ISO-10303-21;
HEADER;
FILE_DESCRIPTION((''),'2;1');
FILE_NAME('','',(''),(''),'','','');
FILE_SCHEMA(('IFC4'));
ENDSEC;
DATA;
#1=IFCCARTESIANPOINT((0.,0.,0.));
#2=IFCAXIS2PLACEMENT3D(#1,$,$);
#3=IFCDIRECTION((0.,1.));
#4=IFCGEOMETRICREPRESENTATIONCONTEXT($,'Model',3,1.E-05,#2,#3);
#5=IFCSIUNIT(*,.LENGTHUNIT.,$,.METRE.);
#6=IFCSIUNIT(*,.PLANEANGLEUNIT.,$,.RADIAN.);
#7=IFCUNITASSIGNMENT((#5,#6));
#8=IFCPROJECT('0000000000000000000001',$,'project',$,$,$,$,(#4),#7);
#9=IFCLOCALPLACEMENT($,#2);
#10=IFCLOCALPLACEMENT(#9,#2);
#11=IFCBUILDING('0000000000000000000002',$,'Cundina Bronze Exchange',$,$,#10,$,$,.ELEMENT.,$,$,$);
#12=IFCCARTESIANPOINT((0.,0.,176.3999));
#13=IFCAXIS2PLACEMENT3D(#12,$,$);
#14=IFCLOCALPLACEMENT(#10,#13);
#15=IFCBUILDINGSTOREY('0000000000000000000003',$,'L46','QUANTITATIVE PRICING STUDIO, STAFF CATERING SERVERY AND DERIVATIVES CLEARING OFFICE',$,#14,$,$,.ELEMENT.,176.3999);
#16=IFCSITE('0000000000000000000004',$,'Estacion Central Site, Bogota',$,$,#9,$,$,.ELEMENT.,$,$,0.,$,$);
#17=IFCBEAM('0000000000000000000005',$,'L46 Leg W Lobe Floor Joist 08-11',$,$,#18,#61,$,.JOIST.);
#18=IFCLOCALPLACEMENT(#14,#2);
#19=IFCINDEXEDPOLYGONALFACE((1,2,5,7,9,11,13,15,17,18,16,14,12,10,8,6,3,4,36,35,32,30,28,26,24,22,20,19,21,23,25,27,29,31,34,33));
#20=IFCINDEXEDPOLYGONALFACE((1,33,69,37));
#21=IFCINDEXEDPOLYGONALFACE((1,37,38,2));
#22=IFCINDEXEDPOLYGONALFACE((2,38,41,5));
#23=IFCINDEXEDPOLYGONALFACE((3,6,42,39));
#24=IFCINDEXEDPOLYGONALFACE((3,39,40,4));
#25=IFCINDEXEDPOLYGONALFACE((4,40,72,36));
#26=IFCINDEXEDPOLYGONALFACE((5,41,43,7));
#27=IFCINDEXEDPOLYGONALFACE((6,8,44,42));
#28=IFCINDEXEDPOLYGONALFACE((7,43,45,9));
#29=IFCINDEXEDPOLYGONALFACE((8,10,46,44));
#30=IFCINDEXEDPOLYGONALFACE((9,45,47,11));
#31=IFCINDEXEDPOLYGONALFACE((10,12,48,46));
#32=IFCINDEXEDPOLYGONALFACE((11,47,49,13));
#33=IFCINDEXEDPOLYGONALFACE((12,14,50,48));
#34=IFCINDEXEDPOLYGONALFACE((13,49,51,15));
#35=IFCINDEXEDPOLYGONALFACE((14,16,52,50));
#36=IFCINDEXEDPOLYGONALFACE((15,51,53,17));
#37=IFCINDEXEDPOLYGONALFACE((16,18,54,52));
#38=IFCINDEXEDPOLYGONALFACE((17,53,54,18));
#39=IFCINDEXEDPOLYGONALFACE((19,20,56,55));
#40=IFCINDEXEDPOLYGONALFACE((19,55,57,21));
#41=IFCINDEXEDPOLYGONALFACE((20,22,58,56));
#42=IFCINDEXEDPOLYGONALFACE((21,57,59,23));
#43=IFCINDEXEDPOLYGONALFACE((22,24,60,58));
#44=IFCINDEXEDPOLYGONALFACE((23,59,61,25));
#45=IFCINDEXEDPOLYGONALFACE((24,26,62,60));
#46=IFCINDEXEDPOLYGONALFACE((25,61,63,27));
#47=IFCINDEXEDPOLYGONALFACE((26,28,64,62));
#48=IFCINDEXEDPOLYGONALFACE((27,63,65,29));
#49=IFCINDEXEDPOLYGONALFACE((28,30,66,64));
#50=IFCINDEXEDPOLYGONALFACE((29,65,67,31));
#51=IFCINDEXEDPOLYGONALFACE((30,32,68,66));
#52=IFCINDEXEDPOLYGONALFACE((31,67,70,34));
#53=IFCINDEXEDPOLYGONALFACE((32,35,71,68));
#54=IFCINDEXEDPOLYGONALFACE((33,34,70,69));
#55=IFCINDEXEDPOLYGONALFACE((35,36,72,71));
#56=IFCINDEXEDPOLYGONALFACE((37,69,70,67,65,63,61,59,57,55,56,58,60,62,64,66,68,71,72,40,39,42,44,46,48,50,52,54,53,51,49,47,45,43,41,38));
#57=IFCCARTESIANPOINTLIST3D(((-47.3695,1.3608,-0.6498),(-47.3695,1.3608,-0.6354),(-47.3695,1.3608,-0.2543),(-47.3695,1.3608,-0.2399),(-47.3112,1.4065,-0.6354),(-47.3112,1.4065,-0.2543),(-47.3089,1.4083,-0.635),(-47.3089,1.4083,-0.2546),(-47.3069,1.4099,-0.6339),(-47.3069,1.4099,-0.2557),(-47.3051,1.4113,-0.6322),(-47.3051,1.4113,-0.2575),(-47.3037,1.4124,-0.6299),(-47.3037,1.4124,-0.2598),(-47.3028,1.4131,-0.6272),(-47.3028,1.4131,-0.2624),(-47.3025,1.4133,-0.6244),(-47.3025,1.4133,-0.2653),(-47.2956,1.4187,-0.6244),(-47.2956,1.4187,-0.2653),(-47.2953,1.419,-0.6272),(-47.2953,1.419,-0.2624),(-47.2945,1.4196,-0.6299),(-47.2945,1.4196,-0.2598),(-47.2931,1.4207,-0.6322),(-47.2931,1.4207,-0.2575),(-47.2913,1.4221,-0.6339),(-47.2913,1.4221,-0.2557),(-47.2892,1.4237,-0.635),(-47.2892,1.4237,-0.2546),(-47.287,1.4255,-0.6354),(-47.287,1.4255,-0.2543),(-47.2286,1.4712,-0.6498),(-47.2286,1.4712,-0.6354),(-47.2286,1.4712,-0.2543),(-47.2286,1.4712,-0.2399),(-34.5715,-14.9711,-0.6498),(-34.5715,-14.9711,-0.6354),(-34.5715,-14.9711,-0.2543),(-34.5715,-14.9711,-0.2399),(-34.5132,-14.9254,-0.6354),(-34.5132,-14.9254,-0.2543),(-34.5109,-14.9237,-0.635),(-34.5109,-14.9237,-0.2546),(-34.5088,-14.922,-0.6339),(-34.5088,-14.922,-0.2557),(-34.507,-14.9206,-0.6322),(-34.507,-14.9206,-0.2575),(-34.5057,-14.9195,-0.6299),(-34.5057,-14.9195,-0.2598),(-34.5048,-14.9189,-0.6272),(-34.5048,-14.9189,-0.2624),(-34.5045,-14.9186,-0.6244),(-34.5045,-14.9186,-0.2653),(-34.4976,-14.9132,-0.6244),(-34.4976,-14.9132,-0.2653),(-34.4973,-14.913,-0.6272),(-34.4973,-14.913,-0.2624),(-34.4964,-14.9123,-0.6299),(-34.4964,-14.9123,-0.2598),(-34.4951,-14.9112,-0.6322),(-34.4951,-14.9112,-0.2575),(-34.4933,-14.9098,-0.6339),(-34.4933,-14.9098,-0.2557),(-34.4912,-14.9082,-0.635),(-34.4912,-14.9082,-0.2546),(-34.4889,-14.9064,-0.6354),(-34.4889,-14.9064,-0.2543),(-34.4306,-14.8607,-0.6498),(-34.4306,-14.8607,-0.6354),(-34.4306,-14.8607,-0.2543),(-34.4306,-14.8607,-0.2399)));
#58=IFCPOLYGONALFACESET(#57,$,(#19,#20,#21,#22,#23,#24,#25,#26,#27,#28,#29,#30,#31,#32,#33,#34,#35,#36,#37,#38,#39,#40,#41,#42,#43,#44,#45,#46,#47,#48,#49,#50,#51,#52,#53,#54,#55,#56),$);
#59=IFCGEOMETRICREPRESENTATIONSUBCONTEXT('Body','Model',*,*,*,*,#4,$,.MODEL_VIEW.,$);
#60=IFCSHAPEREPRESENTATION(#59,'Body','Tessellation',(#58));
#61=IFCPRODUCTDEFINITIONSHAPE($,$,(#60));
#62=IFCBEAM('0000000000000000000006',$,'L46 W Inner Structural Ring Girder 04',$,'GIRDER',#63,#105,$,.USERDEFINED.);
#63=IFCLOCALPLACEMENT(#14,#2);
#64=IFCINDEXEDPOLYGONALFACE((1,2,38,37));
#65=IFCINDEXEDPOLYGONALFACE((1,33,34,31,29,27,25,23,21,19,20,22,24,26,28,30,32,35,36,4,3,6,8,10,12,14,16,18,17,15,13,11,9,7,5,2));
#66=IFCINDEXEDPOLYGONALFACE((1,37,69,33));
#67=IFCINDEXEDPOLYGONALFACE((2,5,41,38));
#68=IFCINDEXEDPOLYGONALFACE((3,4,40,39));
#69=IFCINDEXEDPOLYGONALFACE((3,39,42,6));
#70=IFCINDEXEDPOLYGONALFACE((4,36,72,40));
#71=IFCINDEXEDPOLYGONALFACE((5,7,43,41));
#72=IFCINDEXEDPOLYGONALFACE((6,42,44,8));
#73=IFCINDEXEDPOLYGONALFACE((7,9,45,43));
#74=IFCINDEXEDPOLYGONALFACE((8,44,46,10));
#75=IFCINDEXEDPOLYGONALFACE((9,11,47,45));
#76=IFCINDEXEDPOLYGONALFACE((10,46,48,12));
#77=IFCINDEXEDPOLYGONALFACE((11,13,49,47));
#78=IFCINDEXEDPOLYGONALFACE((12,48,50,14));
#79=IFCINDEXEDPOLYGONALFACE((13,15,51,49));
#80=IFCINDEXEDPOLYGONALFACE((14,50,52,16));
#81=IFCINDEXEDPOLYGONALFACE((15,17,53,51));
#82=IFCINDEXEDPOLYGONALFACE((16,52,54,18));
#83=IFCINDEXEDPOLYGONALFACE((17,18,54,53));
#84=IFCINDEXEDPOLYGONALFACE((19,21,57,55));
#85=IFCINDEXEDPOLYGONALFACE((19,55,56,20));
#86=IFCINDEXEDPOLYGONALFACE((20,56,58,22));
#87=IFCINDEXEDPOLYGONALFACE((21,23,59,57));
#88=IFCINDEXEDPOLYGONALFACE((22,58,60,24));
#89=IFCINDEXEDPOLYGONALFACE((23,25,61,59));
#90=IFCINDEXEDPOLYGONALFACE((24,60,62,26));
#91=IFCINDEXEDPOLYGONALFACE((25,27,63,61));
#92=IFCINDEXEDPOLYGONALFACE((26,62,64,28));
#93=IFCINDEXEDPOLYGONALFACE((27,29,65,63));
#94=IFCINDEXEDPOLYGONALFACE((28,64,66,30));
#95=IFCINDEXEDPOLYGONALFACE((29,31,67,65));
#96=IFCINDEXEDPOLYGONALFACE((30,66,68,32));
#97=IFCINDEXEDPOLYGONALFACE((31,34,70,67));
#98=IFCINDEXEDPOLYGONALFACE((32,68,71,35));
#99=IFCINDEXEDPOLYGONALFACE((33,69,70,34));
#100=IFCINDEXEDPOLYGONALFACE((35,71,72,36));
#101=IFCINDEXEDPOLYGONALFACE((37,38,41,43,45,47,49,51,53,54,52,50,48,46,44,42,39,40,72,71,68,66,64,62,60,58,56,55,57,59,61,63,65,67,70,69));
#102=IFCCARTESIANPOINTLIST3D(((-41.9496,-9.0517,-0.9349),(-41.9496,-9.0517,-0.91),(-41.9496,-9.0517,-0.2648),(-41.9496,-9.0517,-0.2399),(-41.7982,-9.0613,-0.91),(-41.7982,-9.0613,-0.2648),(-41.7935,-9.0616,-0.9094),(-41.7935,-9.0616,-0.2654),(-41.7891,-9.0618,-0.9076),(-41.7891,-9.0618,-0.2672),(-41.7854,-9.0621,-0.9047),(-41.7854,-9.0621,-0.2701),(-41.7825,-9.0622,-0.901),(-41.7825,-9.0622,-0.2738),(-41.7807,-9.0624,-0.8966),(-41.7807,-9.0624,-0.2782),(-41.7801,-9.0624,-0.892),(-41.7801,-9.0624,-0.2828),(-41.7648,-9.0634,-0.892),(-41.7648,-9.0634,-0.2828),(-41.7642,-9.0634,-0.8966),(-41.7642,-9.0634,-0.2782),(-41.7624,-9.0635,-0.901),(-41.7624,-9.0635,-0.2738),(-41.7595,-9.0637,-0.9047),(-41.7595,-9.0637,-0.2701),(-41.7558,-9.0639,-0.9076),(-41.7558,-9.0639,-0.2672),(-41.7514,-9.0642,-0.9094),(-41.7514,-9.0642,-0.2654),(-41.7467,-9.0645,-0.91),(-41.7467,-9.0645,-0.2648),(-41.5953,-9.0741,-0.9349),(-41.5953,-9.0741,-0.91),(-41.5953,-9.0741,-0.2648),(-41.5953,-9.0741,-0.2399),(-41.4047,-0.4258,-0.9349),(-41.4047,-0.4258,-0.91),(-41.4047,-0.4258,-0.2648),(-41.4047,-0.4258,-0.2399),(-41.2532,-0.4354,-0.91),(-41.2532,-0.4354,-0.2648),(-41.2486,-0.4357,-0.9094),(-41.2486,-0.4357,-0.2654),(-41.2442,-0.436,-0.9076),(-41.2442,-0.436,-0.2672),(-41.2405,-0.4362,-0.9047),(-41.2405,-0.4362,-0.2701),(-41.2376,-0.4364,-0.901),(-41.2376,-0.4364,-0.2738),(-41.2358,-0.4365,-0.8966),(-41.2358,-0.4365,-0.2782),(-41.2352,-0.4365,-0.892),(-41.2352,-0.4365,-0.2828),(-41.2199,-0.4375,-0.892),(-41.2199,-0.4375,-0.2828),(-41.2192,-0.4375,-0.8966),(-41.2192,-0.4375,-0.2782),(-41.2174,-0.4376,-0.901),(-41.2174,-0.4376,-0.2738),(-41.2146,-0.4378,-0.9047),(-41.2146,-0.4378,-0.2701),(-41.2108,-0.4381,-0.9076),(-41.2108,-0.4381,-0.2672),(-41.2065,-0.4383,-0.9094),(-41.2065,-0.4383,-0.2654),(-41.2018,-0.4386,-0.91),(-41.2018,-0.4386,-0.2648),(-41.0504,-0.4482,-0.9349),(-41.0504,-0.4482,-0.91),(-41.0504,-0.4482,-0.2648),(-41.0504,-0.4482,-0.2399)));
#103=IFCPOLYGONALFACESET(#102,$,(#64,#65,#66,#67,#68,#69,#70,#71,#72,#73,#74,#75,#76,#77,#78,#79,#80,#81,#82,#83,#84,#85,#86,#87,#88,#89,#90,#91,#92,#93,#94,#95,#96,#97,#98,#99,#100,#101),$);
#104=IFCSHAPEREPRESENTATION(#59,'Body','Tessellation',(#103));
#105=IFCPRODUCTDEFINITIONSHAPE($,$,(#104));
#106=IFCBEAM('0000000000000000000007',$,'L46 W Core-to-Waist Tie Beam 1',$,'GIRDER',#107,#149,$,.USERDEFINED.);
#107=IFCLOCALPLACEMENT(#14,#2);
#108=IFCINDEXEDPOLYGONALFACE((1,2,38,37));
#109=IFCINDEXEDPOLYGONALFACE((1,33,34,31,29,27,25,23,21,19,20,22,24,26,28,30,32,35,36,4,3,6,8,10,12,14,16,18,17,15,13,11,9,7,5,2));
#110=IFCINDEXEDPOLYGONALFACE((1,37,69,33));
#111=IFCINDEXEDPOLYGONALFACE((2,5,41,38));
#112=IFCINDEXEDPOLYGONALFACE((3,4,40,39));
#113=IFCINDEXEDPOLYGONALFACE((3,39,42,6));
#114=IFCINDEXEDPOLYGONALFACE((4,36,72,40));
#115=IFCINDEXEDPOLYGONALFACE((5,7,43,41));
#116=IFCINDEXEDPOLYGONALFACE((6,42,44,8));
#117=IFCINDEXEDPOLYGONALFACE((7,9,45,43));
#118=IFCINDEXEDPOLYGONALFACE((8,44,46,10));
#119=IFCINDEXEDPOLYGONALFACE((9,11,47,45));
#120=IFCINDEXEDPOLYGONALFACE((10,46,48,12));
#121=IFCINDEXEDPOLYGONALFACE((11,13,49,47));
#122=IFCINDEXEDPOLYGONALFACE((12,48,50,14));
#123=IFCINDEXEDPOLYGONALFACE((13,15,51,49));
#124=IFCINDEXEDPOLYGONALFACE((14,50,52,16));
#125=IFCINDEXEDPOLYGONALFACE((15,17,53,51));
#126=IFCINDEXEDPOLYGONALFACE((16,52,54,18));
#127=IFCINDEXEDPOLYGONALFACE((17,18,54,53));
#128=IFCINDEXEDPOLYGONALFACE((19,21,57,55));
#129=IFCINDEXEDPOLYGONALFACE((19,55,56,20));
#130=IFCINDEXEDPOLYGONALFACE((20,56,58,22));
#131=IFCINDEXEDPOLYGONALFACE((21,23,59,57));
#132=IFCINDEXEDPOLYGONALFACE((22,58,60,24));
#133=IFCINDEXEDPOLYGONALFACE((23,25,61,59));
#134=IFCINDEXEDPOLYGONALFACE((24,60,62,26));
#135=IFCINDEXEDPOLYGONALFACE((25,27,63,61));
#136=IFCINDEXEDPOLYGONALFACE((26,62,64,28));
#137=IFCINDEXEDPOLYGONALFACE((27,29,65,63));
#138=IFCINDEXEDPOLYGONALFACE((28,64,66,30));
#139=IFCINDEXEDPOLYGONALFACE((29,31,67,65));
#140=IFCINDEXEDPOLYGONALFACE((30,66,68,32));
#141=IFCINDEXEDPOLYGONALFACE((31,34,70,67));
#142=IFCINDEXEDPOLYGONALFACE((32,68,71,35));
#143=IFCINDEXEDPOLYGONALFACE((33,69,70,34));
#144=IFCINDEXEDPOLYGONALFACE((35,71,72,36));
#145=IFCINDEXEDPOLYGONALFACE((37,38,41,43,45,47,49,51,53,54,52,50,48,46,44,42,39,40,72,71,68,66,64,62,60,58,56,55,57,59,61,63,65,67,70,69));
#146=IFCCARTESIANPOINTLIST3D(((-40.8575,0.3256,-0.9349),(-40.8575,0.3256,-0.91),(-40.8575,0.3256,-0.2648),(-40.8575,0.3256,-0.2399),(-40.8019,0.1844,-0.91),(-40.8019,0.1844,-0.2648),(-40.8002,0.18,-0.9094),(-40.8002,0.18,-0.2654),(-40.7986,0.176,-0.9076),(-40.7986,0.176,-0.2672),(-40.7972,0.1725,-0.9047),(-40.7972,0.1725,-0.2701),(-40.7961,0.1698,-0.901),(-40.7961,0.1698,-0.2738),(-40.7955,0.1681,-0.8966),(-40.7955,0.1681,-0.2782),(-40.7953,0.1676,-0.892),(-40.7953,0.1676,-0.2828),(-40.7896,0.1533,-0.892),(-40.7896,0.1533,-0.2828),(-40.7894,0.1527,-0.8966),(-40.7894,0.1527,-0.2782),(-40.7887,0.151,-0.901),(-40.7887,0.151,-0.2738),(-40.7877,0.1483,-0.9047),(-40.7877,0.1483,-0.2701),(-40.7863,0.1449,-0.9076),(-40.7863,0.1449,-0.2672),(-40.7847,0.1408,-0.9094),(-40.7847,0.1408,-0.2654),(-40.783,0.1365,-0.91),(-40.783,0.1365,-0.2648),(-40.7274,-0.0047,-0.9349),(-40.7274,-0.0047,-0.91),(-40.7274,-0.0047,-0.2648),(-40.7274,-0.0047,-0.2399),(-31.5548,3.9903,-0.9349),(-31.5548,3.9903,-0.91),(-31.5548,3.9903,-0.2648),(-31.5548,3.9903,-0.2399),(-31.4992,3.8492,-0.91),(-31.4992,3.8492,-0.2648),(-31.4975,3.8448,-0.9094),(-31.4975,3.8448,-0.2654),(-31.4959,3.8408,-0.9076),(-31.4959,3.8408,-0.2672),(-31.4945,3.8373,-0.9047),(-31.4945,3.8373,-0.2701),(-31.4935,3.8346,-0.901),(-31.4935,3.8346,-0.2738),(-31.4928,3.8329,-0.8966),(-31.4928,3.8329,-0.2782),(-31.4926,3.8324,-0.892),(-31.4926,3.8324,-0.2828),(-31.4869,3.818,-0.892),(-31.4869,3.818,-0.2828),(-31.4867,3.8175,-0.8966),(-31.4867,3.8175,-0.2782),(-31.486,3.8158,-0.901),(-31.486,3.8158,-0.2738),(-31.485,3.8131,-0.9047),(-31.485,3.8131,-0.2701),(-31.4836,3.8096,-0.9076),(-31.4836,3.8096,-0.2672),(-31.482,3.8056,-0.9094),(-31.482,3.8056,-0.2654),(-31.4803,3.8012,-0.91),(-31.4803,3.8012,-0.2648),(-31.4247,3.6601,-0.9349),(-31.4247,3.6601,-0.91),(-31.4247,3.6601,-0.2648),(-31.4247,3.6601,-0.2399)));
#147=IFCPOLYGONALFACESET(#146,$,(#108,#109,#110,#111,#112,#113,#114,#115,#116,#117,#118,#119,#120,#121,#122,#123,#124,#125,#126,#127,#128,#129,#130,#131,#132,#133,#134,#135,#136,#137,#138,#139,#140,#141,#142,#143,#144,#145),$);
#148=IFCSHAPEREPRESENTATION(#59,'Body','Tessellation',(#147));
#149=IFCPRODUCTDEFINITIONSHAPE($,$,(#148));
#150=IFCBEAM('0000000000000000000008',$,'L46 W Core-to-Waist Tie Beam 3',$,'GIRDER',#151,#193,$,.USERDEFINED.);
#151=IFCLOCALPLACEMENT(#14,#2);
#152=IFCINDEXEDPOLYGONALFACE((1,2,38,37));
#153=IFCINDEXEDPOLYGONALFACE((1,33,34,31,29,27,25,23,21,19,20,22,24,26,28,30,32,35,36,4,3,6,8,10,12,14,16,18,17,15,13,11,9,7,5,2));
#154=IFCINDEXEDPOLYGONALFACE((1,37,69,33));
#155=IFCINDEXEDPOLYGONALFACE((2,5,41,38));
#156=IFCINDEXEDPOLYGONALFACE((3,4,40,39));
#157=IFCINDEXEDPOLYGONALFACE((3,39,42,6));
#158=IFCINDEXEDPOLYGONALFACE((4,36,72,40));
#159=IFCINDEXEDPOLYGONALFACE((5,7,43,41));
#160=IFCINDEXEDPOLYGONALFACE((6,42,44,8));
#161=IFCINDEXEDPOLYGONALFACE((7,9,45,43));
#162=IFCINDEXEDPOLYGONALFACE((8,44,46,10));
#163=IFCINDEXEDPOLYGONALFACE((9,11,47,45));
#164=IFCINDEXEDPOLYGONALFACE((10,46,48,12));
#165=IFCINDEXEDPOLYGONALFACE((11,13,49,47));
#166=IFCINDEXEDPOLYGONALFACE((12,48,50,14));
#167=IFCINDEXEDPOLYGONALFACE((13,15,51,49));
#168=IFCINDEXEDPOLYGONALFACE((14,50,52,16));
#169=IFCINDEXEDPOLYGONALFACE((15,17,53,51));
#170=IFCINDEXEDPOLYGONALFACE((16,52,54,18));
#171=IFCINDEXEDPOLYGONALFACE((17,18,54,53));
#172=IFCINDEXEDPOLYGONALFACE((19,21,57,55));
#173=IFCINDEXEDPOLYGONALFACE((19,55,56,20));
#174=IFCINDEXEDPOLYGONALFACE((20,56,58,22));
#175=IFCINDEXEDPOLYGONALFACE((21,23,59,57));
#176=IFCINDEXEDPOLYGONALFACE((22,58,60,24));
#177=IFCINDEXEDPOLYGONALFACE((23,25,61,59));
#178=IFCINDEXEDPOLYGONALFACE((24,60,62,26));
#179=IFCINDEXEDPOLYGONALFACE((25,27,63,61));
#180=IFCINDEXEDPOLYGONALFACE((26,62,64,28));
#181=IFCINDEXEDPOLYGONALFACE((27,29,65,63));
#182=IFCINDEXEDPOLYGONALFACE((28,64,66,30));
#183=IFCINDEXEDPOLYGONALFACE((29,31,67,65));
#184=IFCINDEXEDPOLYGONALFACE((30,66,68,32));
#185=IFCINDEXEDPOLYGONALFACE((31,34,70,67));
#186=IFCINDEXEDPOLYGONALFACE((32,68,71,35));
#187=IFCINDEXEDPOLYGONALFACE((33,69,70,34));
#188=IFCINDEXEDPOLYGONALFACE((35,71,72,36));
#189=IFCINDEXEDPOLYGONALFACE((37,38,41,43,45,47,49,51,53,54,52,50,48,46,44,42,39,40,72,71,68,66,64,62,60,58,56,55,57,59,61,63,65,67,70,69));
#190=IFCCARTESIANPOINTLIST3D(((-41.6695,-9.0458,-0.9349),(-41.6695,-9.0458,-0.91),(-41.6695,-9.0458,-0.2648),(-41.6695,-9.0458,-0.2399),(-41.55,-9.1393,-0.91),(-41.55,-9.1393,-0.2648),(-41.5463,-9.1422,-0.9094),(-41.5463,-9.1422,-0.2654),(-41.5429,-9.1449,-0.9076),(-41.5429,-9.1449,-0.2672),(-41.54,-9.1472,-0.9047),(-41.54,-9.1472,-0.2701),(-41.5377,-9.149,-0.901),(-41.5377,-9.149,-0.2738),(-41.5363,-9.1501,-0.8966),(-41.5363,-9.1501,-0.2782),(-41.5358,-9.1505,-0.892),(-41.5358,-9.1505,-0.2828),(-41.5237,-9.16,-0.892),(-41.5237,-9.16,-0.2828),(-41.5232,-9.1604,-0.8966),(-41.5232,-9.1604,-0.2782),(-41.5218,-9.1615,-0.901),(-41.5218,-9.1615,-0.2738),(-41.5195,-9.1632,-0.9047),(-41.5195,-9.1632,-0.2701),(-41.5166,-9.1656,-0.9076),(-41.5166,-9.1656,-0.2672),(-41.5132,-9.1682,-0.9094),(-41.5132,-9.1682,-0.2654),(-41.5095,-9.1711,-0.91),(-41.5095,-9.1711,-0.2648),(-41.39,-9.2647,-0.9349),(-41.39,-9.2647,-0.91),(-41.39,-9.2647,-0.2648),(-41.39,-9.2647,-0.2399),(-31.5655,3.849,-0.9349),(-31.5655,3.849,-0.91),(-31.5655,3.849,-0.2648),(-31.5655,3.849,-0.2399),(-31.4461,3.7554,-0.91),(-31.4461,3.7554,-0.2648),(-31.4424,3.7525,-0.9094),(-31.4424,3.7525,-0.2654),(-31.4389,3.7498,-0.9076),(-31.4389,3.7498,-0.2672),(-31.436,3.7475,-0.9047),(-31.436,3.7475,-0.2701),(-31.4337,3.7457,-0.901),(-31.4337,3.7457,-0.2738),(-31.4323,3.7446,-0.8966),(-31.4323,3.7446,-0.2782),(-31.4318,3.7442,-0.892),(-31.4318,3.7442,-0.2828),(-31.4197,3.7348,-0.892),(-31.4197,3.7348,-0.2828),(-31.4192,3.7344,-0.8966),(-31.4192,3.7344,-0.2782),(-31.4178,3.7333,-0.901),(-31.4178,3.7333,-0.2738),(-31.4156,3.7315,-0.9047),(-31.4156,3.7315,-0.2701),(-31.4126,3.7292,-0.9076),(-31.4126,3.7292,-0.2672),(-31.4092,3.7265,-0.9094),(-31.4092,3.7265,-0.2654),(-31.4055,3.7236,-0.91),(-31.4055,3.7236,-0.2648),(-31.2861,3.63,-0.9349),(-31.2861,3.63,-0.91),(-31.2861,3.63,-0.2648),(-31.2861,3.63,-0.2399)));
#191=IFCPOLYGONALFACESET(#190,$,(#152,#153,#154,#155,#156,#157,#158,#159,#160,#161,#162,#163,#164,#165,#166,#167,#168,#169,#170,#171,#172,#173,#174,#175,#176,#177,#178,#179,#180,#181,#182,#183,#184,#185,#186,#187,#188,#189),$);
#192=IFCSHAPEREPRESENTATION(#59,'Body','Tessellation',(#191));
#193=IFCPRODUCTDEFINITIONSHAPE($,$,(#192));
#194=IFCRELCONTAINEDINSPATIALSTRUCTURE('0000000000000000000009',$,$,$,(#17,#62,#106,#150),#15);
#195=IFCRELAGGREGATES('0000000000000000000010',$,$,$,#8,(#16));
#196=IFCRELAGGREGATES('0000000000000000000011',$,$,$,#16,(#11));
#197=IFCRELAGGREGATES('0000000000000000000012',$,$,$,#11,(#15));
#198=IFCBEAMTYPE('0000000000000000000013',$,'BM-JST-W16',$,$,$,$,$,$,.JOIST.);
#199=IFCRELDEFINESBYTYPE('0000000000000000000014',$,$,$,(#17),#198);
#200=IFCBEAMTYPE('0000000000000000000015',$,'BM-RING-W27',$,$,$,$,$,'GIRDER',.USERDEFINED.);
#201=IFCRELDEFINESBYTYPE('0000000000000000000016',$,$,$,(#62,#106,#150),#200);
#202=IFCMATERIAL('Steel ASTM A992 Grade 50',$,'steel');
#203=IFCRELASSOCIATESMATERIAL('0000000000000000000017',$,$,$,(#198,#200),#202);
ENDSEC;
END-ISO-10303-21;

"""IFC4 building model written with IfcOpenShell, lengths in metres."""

from ifc_helpers import new_model, si_unit, direction, frame, origin, origin_2d, place, context, subcontext, project, spatial, i_section, extrude, material, material_profile, profile_set, type_object, element, save


model = new_model("IFC4")

# Units and contexts
model_context = context("Model", 3, precision=1e-05, world=origin(), true_north=direction((0.0, 1.0)))
body_context = subcontext(model_context, "Body", "Model", "MODEL_VIEW")
ifc_project = project(units=[si_unit("LENGTHUNIT", "METRE"), si_unit("PLANEANGLEUNIT", "RADIAN")], contexts=[model_context])

# Site, building, storey
site_placement = place(None, origin())
site = spatial("IfcSite", under=ifc_project, at=site_placement, Name="Estacion Central Site, Bogota", CompositionType="ELEMENT", RefElevation=0.0)
building_placement = place(site_placement, origin())
building = spatial("IfcBuilding", under=site, at=building_placement, Name="Cundina Bronze Exchange", CompositionType="ELEMENT")
storey_placement = place(building_placement, frame((0.0, 0.0, 176.3999)))
storey = spatial("IfcBuildingStorey", under=building, at=storey_placement, Name="L46", Description="QUANTITATIVE PRICING STUDIO, STAFF CATERING SERVERY AND DERIVATIVES CLEARING OFFICE", CompositionType="ELEMENT", Elevation=176.3999)

# Shared definitions
ifc_material_1 = material(Name="Steel ASTM A992 Grade 50", Category="steel")

# Beams
ifc_material_profile_1 = material_profile(ifc_material_1, i_section(OverallWidth=0.179, OverallDepth=0.4099, WebThickness=0.0088, FlangeThickness=0.0144, FilletRadius=0.011, at=origin_2d()), Name="W16X45", Category="steel")
ifc_profile_set_1 = profile_set([ifc_material_profile_1], Name="Steel ASTM A992 Grade 50")
beam_type_1 = type_object("IfcBeamType", Name="BM-JST-W16", PredefinedType="JOIST", material=ifc_profile_set_1)
beam_1_placement = place(storey_placement, frame((-47.2991, 1.416, -0.4448), z_axis=(0.616801, -0.787119, 0.0), x_axis=(0.787119, 0.616801, 0.0)))
element("IfcBeam", 1, at=beam_1_placement, inside=storey, type_object=beam_type_1, Name="L46 Leg W Lobe Floor Joist 08-11", PredefinedType="JOIST", context=body_context, shape_type="SweptSolid", body=[
    extrude(i_section(OverallWidth=0.179, OverallDepth=0.4099, WebThickness=0.0088, FlangeThickness=0.0144, FilletRadius=0.011, at=origin_2d()), origin(), (0.0, 0.0, 1.0), 20.749),
])
ifc_material_profile_2 = material_profile(ifc_material_1, i_section(OverallWidth=0.355, OverallDepth=0.6951, WebThickness=0.0154, FlangeThickness=0.0249, FilletRadius=0.0181, at=origin_2d()), Name="W27X146", Category="steel")
ifc_profile_set_2 = profile_set([ifc_material_profile_2], Name="Steel ASTM A992 Grade 50")
beam_type_2 = type_object("IfcBeamType", Name="BM-RING-W27", ElementType="GIRDER", PredefinedType="USERDEFINED", material=ifc_profile_set_2)
beam_2_placement = place(storey_placement, frame((-41.2275, -0.437, -0.5874), z_axis=(-0.063047, -0.998011, 0.0), x_axis=(0.998011, -0.063047, 0.0)))
element("IfcBeam", 2, at=beam_2_placement, inside=storey, type_object=beam_type_2, Name="L46 W Inner Structural Ring Girder 04", ObjectType="GIRDER", PredefinedType="USERDEFINED", context=body_context, shape_type="SweptSolid", body=[
    extrude(i_section(OverallWidth=0.355, OverallDepth=0.6951, WebThickness=0.0154, FlangeThickness=0.0249, FilletRadius=0.0181, at=origin_2d()), origin(), (0.0, 0.0, 1.0), 8.6431),
])
beam_3_placement = place(storey_placement, frame((-31.4897, 3.8252, -0.5874), z_axis=(-0.930406, -0.366532, 0.0), x_axis=(0.366532, -0.930406, 0.0)))
element("IfcBeam", 3, at=beam_3_placement, inside=storey, type_object=beam_type_2, Name="L46 W Core-to-Waist Tie Beam 1", ObjectType="GIRDER", PredefinedType="USERDEFINED", context=body_context, shape_type="SweptSolid", body=[
    extrude(i_section(OverallWidth=0.355, OverallDepth=0.6951, WebThickness=0.0154, FlangeThickness=0.0249, FilletRadius=0.0181, at=origin_2d()), origin(), (0.0, 0.0, 1.0), 9.9985),
])
beam_4_placement = place(storey_placement, frame((-31.4258, 3.7395, -0.5874), z_axis=(-0.616779, -0.787136, 0.0), x_axis=(0.787136, -0.616779, 0.0)))
element("IfcBeam", 4, at=beam_4_placement, inside=storey, type_object=beam_type_2, Name="L46 W Core-to-Waist Tie Beam 3", ObjectType="GIRDER", PredefinedType="USERDEFINED", context=body_context, shape_type="SweptSolid", body=[
    extrude(i_section(OverallWidth=0.355, OverallDepth=0.6951, WebThickness=0.0154, FlangeThickness=0.0249, FilletRadius=0.0181, at=origin_2d()), origin(), (0.0, 0.0, 1.0), 16.3818),
])

save(model, "model.ifc")
